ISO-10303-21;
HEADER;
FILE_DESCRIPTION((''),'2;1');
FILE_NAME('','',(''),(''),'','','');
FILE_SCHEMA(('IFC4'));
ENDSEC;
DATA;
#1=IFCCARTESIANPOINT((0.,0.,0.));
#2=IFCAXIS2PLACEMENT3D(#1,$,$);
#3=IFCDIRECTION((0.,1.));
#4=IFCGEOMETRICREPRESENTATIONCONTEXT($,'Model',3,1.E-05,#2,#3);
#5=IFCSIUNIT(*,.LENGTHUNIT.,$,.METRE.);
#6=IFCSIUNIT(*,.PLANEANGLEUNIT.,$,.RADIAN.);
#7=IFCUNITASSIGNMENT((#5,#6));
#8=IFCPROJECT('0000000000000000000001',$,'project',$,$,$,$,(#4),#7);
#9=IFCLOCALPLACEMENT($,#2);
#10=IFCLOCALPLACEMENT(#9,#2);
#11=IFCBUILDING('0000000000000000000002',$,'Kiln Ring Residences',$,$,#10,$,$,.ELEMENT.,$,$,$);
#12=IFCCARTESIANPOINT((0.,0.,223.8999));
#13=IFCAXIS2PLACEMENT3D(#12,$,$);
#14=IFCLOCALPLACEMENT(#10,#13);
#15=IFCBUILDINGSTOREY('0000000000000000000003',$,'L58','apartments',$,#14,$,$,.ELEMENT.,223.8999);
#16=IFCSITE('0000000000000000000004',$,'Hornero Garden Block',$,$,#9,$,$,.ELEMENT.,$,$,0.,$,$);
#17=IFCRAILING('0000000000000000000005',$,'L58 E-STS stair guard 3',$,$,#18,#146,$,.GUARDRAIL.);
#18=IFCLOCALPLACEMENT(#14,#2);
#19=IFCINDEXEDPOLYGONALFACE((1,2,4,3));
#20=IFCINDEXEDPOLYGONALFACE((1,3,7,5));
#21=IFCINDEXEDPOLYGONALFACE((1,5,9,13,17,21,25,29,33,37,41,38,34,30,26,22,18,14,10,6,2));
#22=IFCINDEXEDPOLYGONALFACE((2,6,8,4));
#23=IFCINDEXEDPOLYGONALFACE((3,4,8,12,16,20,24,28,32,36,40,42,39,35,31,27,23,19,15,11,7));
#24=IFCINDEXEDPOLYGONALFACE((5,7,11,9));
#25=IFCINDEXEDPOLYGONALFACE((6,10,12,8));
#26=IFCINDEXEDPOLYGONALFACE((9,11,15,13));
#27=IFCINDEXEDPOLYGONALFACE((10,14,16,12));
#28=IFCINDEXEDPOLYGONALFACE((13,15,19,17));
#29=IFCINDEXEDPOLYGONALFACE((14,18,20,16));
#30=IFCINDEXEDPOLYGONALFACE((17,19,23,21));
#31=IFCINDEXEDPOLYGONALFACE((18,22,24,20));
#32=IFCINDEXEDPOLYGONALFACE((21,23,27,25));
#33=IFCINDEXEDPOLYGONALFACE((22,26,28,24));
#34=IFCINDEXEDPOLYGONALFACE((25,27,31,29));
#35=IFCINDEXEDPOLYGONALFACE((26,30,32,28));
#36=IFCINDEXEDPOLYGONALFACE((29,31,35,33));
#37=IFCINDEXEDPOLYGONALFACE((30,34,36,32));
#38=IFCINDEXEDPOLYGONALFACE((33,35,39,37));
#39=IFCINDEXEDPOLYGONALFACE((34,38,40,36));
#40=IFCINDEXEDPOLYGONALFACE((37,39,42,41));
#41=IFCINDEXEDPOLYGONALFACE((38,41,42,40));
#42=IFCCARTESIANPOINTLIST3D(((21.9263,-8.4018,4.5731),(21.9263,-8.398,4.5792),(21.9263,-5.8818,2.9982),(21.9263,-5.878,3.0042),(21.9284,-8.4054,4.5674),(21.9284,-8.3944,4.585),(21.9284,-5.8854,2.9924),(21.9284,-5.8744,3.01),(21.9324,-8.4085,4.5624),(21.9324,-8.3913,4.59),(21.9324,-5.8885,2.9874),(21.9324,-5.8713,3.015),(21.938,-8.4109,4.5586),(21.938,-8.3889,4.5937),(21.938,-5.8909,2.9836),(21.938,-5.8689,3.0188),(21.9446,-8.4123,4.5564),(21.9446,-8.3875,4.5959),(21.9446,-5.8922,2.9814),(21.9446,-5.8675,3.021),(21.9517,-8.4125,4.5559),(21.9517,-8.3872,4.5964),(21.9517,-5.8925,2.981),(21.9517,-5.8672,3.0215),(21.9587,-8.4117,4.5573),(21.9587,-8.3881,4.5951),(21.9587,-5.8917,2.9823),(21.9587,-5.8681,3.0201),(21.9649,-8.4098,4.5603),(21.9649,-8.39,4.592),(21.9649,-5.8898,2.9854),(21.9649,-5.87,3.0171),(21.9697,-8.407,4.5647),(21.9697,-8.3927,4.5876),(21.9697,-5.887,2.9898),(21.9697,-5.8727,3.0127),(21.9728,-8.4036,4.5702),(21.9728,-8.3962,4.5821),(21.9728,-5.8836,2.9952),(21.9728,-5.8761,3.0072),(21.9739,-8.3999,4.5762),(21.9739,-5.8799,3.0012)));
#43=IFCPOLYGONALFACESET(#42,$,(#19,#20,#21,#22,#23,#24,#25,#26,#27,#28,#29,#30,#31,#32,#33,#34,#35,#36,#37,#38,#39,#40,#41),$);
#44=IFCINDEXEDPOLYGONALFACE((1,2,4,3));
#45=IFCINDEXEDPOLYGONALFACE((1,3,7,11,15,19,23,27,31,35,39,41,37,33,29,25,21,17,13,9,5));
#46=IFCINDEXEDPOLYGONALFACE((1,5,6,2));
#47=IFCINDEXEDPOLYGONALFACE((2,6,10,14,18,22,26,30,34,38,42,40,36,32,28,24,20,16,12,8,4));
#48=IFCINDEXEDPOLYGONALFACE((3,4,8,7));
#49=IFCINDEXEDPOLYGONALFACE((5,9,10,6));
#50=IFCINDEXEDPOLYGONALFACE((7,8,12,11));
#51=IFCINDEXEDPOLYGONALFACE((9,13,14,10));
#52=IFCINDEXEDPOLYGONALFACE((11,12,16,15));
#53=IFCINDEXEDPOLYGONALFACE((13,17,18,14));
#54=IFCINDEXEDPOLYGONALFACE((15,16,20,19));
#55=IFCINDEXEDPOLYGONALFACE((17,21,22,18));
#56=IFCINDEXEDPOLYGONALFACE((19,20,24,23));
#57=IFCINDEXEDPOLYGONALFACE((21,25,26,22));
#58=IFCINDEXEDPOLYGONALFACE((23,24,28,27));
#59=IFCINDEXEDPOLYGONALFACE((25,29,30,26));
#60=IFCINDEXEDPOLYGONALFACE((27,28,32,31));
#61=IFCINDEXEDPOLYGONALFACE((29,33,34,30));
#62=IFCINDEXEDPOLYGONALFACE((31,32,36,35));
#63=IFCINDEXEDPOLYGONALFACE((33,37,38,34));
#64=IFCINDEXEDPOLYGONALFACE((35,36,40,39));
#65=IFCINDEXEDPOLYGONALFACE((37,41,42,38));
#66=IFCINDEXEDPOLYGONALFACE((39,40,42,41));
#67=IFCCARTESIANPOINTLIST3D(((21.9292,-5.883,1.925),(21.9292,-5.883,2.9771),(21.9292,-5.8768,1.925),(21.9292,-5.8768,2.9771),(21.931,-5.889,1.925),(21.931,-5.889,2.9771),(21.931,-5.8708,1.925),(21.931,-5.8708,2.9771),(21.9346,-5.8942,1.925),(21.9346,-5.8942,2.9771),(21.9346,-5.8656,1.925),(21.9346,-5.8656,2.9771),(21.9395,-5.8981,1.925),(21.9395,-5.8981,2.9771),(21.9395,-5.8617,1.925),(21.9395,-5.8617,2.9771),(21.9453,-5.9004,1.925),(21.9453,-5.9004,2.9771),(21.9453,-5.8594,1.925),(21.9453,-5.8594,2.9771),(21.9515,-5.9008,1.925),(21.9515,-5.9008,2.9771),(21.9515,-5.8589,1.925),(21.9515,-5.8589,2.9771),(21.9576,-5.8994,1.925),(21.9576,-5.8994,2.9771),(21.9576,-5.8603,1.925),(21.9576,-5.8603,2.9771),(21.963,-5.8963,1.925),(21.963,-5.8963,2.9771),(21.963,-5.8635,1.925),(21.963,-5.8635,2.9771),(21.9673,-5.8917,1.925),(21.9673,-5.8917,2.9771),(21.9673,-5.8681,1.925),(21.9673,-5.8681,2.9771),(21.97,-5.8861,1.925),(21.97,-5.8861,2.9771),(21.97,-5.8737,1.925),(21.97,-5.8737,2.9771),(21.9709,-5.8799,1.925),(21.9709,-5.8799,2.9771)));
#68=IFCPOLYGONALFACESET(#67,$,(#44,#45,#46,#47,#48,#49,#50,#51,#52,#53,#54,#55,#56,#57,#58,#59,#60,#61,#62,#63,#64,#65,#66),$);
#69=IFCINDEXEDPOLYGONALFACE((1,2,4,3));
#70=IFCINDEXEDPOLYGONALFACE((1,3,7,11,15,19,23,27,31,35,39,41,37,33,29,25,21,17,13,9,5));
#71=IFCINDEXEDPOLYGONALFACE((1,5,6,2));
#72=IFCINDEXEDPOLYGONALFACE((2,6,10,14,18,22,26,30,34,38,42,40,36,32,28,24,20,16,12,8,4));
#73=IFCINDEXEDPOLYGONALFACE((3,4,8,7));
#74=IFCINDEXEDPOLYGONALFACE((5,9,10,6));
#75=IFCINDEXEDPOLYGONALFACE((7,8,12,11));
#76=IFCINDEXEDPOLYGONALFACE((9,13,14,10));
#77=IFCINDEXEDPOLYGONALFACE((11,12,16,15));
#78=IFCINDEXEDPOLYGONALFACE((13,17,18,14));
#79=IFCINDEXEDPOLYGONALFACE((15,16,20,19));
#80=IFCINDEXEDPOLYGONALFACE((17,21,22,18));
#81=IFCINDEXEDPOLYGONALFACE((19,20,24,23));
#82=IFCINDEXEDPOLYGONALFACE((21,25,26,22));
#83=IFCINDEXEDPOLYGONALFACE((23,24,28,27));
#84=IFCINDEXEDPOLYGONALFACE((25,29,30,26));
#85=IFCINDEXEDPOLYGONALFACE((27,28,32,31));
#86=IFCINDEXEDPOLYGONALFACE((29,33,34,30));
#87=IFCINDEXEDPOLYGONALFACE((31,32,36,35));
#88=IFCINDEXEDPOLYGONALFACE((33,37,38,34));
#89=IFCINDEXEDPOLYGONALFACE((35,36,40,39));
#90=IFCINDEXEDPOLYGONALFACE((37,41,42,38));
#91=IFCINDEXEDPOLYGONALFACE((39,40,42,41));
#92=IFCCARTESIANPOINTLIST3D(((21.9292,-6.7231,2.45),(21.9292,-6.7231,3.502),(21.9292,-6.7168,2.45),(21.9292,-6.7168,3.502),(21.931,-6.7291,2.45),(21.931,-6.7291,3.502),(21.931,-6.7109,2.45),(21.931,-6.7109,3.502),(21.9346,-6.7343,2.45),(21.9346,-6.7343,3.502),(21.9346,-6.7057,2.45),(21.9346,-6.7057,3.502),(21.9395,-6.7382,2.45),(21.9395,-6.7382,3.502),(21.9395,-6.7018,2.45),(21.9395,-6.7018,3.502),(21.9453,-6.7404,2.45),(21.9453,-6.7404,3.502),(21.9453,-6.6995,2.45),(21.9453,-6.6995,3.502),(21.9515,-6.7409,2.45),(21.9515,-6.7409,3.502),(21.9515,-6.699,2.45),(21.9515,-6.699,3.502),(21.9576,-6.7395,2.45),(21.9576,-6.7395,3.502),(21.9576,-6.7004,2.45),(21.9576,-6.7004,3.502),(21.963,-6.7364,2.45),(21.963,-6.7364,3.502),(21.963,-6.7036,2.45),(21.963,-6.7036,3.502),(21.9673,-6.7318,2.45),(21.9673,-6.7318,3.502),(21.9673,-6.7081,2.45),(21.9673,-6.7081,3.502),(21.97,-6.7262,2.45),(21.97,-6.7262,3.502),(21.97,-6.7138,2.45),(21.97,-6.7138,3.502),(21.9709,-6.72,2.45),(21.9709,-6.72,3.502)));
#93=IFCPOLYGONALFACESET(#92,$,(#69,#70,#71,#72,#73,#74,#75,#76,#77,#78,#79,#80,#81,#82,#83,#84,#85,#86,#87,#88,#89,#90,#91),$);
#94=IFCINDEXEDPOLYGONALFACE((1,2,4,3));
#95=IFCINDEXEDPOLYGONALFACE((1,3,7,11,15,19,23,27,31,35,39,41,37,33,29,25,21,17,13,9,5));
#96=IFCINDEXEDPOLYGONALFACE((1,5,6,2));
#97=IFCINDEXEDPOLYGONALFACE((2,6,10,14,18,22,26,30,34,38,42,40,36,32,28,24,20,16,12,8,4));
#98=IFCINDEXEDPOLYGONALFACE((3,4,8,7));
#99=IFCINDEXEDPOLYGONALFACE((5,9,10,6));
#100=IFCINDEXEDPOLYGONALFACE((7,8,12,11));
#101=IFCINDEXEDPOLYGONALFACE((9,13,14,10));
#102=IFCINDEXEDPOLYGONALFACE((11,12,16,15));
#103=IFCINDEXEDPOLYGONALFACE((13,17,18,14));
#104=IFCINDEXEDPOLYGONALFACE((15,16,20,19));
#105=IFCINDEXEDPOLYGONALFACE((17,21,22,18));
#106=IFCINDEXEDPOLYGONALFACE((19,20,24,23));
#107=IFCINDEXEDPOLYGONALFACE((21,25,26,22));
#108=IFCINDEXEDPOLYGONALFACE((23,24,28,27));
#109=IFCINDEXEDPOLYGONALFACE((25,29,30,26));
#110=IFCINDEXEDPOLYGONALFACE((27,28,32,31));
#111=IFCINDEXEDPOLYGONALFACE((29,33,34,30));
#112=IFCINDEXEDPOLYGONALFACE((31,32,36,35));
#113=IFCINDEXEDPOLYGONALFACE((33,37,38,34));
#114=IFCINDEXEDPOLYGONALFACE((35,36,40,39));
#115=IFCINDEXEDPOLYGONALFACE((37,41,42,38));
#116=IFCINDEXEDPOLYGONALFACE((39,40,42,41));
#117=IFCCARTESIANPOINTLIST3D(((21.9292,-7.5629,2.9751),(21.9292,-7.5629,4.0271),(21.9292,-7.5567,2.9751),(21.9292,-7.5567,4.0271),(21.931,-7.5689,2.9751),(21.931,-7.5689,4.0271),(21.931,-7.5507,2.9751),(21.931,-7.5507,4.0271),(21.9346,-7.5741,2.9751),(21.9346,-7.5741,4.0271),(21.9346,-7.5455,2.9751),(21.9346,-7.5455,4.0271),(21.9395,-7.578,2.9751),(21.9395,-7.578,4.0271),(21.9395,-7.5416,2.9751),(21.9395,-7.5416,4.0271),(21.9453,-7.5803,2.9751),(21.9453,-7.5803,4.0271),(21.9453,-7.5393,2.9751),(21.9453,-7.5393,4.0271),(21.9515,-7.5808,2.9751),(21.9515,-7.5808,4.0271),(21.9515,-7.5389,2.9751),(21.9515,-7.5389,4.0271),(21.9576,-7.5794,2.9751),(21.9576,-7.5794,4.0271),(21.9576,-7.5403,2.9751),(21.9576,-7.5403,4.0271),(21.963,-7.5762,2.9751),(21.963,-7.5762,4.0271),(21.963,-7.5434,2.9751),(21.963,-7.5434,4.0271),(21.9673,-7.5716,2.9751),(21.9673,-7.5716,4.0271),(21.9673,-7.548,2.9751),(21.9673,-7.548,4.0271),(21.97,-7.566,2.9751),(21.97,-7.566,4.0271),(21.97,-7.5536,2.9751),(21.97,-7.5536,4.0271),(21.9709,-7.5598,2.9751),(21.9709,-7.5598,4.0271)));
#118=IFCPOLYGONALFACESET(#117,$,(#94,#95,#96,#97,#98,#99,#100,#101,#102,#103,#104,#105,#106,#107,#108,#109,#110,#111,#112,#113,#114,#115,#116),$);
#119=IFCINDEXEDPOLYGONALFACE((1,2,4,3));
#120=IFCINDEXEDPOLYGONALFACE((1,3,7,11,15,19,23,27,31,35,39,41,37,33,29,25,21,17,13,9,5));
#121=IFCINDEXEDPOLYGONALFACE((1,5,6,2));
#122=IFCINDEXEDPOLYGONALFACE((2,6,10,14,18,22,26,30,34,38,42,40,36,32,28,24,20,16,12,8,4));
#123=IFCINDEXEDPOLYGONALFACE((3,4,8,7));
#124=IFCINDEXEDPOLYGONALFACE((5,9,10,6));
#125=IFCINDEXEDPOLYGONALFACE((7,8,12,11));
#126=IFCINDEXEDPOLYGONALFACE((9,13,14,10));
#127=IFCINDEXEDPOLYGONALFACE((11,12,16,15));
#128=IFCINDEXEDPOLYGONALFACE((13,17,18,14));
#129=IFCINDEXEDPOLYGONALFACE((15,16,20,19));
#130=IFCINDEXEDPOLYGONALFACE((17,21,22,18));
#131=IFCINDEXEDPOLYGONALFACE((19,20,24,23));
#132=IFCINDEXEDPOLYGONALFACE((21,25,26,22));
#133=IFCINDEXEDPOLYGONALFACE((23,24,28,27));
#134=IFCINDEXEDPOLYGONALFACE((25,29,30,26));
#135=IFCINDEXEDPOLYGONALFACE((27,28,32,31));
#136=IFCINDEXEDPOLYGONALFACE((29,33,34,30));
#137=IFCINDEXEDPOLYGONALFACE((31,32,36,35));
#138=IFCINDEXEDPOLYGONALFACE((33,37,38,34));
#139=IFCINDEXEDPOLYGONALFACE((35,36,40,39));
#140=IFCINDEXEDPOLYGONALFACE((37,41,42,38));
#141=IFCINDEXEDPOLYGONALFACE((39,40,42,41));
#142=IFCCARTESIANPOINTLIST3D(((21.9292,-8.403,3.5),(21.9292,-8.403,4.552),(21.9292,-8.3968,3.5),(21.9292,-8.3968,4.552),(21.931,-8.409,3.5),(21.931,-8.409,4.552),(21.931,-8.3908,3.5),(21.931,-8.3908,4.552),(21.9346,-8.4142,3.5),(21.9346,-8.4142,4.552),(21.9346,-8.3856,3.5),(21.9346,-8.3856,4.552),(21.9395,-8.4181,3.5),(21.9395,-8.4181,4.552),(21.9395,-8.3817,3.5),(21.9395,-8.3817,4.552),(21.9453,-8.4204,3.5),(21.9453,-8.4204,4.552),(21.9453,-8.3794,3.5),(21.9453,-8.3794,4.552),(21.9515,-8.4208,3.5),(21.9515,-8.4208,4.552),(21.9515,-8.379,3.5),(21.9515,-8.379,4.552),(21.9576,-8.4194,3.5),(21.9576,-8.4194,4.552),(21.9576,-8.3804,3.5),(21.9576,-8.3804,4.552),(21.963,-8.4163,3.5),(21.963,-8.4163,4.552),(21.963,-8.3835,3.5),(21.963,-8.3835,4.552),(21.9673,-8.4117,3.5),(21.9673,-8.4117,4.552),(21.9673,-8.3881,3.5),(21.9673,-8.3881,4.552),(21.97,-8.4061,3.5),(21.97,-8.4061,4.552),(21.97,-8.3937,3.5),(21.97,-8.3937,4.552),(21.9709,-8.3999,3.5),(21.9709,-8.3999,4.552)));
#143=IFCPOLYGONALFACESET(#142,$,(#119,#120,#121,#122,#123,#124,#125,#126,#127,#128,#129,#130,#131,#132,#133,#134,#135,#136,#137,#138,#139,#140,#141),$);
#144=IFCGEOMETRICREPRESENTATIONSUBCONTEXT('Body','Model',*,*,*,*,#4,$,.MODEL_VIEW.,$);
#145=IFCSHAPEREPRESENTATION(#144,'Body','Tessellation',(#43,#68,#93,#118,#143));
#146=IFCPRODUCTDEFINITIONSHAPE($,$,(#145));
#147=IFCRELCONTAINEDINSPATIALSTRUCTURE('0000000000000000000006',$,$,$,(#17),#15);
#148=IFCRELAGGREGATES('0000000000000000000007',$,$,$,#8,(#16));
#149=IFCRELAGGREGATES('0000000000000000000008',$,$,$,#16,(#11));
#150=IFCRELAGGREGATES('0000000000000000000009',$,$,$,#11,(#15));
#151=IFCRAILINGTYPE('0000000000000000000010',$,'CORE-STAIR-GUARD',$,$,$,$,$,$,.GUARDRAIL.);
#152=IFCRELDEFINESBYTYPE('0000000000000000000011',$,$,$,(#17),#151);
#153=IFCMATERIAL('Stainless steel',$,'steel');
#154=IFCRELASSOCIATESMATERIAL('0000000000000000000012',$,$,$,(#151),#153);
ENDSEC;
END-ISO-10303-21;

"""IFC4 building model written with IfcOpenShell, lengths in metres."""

from ifc_helpers import new_model, si_unit, direction, frame, origin, origin_2d, place, context, subcontext, project, spatial, circle, extrude, material, type_object, element, save


model = new_model("IFC4")

# Units and contexts
model_context = context("Model", 3, precision=1e-05, world=origin(), true_north=direction((0.0, 1.0)))
body_context = subcontext(model_context, "Body", "Model", "MODEL_VIEW")
ifc_project = project(units=[si_unit("LENGTHUNIT", "METRE"), si_unit("PLANEANGLEUNIT", "RADIAN")], contexts=[model_context])

# Site, building, storey
site_placement = place(None, origin())
site = spatial("IfcSite", under=ifc_project, at=site_placement, Name="Hornero Garden Block", CompositionType="ELEMENT", RefElevation=0.0)
building_placement = place(site_placement, origin())
building = spatial("IfcBuilding", under=site, at=building_placement, Name="Kiln Ring Residences", CompositionType="ELEMENT")
storey_placement = place(building_placement, frame((0.0, 0.0, 223.8999)))
storey = spatial("IfcBuildingStorey", under=building, at=storey_placement, Name="L58", Description="apartments", CompositionType="ELEMENT", Elevation=223.8999)

# Railing
ifc_material_1 = material(Name="Stainless steel", Category="steel")
railing_type_1 = type_object("IfcRailingType", Name="CORE-STAIR-GUARD", PredefinedType="GUARDRAIL", material=ifc_material_1)
railing_1_placement = place(storey_placement, frame((21.95, -5.8799, 1.925)))
element("IfcRailing", 1, at=railing_1_placement, inside=storey, type_object=railing_type_1, Name="L58 E-STS stair guard 3", PredefinedType="GUARDRAIL", context=body_context, shape_type="SweptSolid", body=[
    extrude(circle(Radius=0.0239, at=origin_2d()), frame((0.0, 0.0, 1.0762), z_axis=(0.0, -0.848008, 0.529984), x_axis=(1.0, 0.0, 0.0)), (0.0, 0.0, 1.0), 2.9717),
    extrude(circle(Radius=0.021, at=origin_2d()), origin(), (0.0, 0.0, 1.0), 1.052),
    extrude(circle(Radius=0.021, at=origin_2d()), frame((0.0, -0.8401, 0.5249)), (0.0, 0.0, 1.0), 1.052),
    extrude(circle(Radius=0.021, at=origin_2d()), frame((0.0, -1.6799, 1.05)), (0.0, 0.0, 1.0), 1.052),
    extrude(circle(Radius=0.021, at=origin_2d()), frame((0.0, -2.52, 1.575)), (0.0, 0.0, 1.0), 1.052),
])

save(model, "model.ifc")
